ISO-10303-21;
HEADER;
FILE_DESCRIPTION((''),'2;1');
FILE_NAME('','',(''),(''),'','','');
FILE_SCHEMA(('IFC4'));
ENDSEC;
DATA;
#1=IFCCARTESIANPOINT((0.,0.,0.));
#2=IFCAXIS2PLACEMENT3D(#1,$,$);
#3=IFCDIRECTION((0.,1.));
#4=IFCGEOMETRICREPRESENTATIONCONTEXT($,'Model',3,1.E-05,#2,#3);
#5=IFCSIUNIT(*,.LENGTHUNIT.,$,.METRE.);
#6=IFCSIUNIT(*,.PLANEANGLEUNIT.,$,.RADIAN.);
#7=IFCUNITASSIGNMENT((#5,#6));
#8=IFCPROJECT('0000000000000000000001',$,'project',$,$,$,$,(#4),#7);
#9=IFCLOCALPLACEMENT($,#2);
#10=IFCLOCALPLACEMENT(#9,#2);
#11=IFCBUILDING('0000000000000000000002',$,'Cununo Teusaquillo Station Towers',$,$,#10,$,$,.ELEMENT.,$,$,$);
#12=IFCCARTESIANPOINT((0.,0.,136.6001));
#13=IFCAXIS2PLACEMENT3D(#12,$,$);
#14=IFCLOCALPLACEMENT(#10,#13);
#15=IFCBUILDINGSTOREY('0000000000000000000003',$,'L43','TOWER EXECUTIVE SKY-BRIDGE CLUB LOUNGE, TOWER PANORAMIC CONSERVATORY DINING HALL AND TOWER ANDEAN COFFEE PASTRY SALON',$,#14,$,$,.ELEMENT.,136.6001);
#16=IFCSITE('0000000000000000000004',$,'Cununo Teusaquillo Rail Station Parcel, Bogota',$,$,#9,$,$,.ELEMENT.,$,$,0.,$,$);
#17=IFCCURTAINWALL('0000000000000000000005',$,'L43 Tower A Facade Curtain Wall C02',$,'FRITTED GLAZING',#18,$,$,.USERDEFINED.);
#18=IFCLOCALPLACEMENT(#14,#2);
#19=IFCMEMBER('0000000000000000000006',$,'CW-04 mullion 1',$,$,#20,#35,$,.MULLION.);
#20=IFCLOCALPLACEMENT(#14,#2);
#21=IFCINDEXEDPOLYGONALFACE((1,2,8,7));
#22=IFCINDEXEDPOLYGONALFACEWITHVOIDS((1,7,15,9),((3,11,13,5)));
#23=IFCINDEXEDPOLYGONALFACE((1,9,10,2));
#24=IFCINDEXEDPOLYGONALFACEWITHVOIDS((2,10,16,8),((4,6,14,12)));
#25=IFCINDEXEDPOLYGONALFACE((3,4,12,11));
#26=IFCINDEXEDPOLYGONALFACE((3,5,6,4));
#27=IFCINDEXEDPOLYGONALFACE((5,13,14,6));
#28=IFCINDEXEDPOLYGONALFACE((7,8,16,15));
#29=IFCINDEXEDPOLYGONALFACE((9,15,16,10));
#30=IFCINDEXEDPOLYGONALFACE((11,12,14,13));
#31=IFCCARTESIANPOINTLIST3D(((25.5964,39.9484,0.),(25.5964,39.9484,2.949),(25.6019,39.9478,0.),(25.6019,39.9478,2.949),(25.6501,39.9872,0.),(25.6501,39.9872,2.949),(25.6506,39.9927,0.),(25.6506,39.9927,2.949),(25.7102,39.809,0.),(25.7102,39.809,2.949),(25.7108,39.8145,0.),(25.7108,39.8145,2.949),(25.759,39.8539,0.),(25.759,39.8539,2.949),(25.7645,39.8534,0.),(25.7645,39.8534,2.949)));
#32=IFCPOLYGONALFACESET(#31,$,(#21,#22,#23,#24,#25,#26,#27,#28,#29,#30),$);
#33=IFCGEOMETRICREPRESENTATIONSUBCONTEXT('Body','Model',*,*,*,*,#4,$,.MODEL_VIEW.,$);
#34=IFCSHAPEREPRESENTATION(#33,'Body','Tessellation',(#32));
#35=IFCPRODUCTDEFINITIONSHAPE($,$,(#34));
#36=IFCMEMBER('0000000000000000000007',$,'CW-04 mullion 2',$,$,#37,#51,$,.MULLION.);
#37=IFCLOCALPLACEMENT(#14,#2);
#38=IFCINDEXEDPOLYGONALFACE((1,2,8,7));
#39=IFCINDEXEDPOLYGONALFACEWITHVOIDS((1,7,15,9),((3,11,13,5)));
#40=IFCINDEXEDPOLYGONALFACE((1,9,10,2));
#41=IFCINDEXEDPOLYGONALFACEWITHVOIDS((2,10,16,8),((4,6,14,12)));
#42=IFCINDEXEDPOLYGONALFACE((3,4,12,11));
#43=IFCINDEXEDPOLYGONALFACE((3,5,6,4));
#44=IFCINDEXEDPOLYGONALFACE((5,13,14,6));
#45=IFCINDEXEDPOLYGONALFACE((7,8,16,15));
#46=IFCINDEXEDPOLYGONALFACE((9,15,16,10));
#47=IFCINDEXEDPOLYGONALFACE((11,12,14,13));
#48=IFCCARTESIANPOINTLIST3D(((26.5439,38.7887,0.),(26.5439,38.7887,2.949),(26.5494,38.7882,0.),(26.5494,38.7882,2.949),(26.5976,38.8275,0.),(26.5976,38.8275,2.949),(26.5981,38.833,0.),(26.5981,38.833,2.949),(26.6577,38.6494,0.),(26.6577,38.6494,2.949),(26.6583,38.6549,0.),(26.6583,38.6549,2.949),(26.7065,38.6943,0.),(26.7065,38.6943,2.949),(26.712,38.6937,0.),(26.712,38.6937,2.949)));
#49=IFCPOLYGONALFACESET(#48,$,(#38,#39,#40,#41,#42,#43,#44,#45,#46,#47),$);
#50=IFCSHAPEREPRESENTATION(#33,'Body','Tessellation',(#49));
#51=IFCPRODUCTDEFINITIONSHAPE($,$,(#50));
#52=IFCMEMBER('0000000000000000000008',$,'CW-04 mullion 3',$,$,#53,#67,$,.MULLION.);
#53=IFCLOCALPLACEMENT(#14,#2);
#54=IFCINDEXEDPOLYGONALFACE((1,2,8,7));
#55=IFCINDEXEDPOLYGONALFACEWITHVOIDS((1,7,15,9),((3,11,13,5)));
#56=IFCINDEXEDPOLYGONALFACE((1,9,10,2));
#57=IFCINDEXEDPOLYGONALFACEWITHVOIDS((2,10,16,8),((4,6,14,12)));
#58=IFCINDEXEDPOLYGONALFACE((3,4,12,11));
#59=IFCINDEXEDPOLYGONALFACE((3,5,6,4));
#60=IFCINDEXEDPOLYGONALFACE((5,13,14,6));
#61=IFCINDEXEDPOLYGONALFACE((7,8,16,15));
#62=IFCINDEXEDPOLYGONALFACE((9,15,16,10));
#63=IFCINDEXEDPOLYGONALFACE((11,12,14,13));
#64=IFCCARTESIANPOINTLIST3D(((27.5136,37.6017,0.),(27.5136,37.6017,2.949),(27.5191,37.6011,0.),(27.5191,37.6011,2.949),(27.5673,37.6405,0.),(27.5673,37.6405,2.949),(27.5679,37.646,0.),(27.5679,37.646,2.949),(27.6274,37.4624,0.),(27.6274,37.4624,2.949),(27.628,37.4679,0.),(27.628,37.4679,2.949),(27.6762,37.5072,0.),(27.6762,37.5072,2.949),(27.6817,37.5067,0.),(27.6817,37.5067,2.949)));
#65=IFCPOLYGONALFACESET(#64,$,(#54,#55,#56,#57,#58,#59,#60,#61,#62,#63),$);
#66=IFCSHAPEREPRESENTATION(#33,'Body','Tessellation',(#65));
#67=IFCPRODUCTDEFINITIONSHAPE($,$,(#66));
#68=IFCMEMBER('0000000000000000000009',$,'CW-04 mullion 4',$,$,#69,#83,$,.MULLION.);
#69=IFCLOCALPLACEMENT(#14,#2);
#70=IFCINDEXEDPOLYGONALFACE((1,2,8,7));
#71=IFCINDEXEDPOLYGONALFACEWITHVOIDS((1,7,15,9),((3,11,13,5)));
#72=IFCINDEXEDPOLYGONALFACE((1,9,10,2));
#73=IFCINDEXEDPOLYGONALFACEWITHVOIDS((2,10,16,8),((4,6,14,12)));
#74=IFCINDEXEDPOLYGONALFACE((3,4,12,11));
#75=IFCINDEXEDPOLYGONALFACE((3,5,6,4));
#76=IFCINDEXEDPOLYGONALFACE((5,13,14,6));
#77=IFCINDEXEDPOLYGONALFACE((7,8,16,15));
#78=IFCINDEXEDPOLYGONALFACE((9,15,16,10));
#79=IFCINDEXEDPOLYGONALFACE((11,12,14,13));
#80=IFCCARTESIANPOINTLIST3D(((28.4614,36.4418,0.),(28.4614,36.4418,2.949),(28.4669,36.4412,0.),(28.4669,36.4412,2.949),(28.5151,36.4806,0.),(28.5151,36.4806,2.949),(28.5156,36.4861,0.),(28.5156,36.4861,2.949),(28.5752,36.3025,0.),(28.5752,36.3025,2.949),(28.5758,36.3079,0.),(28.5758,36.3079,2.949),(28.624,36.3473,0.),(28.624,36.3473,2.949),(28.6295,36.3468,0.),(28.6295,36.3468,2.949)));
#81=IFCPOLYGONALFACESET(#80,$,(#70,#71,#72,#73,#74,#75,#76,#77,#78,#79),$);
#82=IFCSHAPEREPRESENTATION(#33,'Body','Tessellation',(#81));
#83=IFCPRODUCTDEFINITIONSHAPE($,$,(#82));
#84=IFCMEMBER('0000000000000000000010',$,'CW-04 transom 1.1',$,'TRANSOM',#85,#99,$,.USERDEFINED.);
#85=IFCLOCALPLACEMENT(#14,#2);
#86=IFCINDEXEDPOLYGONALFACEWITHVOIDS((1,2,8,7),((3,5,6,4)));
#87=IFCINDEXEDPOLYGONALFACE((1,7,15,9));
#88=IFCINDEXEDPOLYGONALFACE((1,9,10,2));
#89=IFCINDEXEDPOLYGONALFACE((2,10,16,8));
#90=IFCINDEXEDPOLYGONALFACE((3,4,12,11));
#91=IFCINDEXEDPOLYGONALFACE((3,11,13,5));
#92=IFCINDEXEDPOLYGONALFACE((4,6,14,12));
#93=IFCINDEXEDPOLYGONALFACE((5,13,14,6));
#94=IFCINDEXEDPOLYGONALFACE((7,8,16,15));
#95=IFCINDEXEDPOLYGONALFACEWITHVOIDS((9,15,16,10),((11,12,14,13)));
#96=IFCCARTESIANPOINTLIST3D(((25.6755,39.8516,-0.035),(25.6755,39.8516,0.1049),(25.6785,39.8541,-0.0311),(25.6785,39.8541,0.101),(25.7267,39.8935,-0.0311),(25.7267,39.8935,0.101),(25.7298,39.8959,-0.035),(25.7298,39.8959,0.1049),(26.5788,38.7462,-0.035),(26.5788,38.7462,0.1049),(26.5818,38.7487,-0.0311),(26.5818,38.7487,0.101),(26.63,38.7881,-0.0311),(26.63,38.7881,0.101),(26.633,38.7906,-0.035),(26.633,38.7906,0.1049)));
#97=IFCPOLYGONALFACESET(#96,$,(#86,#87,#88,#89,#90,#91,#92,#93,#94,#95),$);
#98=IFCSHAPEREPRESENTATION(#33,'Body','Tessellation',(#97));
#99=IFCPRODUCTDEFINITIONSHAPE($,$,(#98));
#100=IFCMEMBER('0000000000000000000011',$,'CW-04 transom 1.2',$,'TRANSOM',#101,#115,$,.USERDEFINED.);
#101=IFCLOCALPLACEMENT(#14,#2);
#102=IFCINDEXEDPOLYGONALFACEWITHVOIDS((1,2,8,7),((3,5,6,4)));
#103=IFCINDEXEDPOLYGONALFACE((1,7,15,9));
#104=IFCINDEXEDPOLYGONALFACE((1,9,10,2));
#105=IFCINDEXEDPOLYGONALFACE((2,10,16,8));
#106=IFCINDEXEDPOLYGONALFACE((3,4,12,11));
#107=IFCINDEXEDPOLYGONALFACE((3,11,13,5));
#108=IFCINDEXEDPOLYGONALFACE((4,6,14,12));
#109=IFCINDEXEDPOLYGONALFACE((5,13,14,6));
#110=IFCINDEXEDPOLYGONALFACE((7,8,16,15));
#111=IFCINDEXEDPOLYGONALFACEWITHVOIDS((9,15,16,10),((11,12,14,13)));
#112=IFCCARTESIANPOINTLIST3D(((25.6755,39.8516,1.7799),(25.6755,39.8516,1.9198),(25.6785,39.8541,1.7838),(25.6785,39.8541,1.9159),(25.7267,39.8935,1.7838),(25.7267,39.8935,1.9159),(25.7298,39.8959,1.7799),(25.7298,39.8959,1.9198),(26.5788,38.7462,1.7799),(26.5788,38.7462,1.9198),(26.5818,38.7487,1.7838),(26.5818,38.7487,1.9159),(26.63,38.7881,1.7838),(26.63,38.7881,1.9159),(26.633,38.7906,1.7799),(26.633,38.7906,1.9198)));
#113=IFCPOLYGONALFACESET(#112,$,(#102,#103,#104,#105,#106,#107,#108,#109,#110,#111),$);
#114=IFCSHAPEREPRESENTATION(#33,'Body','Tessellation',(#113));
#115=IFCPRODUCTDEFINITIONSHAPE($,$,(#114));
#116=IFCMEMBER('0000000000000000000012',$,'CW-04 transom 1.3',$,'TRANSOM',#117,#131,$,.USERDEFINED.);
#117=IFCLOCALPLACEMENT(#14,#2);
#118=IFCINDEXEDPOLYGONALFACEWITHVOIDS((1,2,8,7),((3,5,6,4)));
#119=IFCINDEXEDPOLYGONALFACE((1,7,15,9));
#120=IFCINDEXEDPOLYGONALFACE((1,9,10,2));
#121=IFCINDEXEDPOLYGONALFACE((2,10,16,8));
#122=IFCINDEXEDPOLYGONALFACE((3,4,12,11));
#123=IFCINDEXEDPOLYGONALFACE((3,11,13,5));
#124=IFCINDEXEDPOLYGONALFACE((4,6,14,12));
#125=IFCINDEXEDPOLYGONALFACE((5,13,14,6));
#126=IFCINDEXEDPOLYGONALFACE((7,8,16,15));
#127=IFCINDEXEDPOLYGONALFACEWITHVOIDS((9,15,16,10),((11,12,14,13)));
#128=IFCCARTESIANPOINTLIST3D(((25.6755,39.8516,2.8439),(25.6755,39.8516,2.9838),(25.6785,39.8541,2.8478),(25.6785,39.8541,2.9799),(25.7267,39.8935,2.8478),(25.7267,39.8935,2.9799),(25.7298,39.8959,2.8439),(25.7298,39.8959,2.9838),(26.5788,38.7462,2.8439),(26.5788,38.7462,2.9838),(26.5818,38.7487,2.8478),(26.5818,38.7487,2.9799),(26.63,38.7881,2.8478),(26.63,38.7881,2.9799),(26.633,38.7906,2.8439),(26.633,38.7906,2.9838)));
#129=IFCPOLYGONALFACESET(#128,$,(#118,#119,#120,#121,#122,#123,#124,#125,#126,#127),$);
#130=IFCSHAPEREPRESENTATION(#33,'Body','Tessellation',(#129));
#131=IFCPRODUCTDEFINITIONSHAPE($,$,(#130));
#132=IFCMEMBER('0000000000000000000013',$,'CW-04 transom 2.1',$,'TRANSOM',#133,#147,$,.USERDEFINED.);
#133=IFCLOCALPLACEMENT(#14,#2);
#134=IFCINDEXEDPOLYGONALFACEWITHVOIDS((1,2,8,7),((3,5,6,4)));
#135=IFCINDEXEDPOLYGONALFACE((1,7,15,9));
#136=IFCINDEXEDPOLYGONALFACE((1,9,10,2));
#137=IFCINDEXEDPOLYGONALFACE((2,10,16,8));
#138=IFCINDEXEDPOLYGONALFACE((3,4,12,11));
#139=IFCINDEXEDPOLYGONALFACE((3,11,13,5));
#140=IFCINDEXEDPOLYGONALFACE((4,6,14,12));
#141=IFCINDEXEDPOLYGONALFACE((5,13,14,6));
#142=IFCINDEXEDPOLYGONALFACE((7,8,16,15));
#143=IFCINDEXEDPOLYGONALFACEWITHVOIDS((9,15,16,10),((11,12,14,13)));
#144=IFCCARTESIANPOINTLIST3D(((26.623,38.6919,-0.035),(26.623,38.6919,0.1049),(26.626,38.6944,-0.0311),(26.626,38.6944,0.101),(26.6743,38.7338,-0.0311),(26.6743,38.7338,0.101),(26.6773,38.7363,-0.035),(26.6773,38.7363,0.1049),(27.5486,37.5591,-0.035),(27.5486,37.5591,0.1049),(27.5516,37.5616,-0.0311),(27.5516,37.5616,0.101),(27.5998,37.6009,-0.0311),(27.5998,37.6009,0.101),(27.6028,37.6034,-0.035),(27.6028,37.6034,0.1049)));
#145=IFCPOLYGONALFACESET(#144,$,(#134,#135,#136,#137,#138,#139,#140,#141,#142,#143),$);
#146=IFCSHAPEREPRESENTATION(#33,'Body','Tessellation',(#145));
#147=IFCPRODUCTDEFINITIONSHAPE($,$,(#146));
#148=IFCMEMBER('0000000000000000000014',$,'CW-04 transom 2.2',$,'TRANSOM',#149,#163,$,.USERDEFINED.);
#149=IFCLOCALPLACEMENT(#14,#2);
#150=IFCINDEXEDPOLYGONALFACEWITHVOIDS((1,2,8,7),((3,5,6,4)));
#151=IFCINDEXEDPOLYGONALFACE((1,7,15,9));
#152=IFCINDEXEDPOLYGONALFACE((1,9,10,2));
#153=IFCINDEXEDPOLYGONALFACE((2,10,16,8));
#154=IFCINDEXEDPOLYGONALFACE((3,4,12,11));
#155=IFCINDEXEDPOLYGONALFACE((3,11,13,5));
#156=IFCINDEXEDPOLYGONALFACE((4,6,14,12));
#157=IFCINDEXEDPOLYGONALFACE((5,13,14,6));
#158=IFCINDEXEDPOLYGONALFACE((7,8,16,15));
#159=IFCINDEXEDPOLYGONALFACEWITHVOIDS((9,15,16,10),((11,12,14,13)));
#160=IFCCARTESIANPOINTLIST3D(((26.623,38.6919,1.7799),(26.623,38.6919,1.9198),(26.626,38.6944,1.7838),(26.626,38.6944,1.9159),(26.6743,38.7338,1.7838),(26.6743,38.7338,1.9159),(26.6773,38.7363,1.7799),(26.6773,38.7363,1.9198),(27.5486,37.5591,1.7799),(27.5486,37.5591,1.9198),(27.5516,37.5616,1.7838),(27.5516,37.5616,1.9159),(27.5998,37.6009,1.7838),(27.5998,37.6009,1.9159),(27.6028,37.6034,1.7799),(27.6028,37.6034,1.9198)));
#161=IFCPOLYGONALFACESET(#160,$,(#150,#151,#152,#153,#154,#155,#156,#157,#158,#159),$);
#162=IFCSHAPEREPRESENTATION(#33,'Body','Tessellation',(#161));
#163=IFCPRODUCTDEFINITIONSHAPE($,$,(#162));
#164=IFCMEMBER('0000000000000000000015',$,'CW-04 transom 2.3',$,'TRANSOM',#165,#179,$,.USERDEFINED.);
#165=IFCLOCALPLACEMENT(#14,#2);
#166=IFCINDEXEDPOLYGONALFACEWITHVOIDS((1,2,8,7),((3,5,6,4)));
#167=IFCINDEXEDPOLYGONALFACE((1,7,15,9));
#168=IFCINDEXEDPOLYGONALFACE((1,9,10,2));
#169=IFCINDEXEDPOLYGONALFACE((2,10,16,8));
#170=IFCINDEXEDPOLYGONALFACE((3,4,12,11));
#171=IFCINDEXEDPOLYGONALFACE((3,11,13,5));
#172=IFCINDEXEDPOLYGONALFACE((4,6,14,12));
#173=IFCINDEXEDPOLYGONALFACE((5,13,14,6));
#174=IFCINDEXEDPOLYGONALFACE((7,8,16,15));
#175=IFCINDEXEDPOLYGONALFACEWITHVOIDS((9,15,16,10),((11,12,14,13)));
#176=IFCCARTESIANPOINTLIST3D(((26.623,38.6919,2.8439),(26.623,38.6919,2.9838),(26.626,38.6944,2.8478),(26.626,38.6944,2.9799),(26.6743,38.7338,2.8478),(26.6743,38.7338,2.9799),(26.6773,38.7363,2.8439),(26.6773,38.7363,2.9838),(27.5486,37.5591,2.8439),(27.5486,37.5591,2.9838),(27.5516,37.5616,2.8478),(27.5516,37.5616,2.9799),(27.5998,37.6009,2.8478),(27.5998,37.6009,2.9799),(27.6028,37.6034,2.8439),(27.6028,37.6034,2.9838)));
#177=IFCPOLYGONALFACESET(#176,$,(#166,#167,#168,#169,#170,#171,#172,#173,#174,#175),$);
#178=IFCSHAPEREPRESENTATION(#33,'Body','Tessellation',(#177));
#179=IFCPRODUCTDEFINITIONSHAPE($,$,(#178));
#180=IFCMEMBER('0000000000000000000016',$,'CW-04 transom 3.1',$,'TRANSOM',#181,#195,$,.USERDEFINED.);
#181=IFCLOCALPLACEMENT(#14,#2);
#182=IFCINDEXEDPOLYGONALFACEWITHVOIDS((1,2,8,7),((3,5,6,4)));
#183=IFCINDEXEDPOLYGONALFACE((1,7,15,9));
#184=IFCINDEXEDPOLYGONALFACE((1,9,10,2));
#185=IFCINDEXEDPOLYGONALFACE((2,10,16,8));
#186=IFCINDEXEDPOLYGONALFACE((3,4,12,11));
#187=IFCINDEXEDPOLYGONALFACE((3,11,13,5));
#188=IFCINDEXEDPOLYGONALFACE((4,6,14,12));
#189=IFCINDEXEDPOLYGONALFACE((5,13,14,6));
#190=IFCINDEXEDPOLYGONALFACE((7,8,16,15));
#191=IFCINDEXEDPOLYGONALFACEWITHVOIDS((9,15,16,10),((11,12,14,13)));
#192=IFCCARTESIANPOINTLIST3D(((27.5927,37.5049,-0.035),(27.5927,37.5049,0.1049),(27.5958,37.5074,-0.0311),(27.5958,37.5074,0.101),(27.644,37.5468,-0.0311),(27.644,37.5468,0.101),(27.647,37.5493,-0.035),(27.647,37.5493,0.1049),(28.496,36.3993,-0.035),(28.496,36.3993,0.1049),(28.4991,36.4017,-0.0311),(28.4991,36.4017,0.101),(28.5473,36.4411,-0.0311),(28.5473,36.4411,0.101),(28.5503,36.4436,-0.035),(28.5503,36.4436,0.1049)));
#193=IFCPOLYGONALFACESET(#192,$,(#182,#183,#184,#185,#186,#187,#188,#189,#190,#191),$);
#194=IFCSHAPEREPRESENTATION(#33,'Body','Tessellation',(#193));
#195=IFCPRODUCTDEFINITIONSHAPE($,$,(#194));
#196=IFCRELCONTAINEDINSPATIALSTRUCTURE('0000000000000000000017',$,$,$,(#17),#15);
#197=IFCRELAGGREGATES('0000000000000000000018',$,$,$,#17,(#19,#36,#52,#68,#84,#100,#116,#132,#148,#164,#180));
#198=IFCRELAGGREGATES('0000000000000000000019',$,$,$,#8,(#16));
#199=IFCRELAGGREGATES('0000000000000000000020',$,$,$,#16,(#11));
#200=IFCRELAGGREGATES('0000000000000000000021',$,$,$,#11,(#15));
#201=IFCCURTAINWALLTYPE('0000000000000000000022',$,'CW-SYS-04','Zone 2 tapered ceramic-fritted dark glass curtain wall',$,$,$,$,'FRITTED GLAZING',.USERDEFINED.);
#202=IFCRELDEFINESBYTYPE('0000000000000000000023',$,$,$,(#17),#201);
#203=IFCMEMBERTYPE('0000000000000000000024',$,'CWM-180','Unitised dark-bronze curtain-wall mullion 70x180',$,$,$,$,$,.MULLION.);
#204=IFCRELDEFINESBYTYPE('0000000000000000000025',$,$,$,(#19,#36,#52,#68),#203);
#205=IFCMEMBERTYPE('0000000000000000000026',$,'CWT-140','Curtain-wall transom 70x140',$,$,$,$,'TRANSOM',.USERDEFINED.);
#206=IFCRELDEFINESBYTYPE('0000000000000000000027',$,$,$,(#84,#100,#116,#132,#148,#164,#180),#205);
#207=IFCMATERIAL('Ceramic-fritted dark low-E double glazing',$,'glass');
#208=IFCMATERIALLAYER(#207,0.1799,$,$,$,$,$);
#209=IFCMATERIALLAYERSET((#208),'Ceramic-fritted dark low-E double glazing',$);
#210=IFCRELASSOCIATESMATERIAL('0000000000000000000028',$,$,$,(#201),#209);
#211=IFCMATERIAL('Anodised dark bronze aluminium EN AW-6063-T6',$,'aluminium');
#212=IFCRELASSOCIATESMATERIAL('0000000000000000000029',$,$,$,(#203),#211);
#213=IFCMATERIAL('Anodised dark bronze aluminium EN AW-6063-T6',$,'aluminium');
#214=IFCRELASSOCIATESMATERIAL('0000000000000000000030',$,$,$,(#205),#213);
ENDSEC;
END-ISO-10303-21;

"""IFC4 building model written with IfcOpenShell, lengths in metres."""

from ifc_helpers import new_model, si_unit, direction, frame, origin, origin_2d, place, context, subcontext, project, spatial, hollow_rectangle, extrude, material, layer, layer_set, material_profile, profile_set, type_object, element, aggregate, save


model = new_model("IFC4")

# Units and contexts
model_context = context("Model", 3, precision=1e-05, world=origin(), true_north=direction((0.0, 1.0)))
body_context = subcontext(model_context, "Body", "Model", "MODEL_VIEW")
ifc_project = project(units=[si_unit("LENGTHUNIT", "METRE"), si_unit("PLANEANGLEUNIT", "RADIAN")], contexts=[model_context])

# Site, building, storey
site_placement = place(None, origin())
site = spatial("IfcSite", under=ifc_project, at=site_placement, Name="Cununo Teusaquillo Rail Station Parcel, Bogota", CompositionType="ELEMENT", RefElevation=0.0)
building_placement = place(site_placement, origin())
building = spatial("IfcBuilding", under=site, at=building_placement, Name="Cununo Teusaquillo Station Towers", CompositionType="ELEMENT")
storey_placement = place(building_placement, frame((0.0, 0.0, 136.6001)))
storey = spatial("IfcBuildingStorey", under=building, at=storey_placement, Name="L43", Description="TOWER EXECUTIVE SKY-BRIDGE CLUB LOUNGE, TOWER PANORAMIC CONSERVATORY DINING HALL AND TOWER ANDEAN COFFEE PASTRY SALON", CompositionType="ELEMENT", Elevation=136.6001)

# Curtain wall, members
ifc_material_1 = material(Name="Ceramic-fritted dark low-E double glazing", Category="glass")
ifc_layer_1 = layer(ifc_material_1, 0.1799)
ifc_layer_set_1 = layer_set([ifc_layer_1], Name="Ceramic-fritted dark low-E double glazing")
curtain_wall_type = type_object("IfcCurtainWallType", Name="CW-SYS-04", Description="Zone 2 tapered ceramic-fritted dark glass curtain wall", ElementType="FRITTED GLAZING", PredefinedType="USERDEFINED", material=ifc_layer_set_1)
curtain_wall_placement = place(storey_placement, origin())
curtain_wall = element("IfcCurtainWall", 1, at=curtain_wall_placement, inside=storey, type_object=curtain_wall_type, Name="L43 Tower A Facade Curtain Wall C02", ObjectType="FRITTED GLAZING", PredefinedType="USERDEFINED")
ifc_material_2 = material(Name="Anodised dark bronze aluminium EN AW-6063-T6", Category="aluminium")
ifc_material_profile_1 = material_profile(ifc_material_2, hollow_rectangle(XDim=0.0701, YDim=0.1799, WallThickness=0.0039, at=origin_2d()), Name="CW-MULL-70x180")
ifc_profile_set_1 = profile_set([ifc_material_profile_1], Name="Anodised dark bronze aluminium EN AW-6063-T6")
member_type_1 = type_object("IfcMemberType", Name="CWM-180", Description="Unitised dark-bronze curtain-wall mullion 70x180", PredefinedType="MULLION", material=ifc_profile_set_1)
member_1_placement = place(storey_placement, frame((25.6804, 39.9009, 0.0), z_axis=(0.0, 0.0, 1.0), x_axis=(0.774394, 0.632704, 0.0)))
member_1 = element("IfcMember", 2, at=member_1_placement, type_object=member_type_1, Name="CW-04 mullion 1", PredefinedType="MULLION", context=body_context, shape_type="SweptSolid", body=[
    extrude(hollow_rectangle(XDim=0.0701, YDim=0.1799, WallThickness=0.0039, at=origin_2d()), origin(), (0.0, 0.0, 1.0), 2.949),
])
member_2_placement = place(storey_placement, frame((26.6279, 38.7412, 0.0), z_axis=(0.0, 0.0, 1.0), x_axis=(0.774394, 0.632704, 0.0)))
member_2 = element("IfcMember", 3, at=member_2_placement, type_object=member_type_1, Name="CW-04 mullion 2", PredefinedType="MULLION", context=body_context, shape_type="SweptSolid", body=[
    extrude(hollow_rectangle(XDim=0.0701, YDim=0.1799, WallThickness=0.0039, at=origin_2d()), origin(), (0.0, 0.0, 1.0), 2.949),
])
member_3_placement = place(storey_placement, frame((27.5977, 37.5542, 0.0), z_axis=(0.0, 0.0, 1.0), x_axis=(0.774394, 0.632704, 0.0)))
member_3 = element("IfcMember", 4, at=member_3_placement, type_object=member_type_1, Name="CW-04 mullion 3", PredefinedType="MULLION", context=body_context, shape_type="SweptSolid", body=[
    extrude(hollow_rectangle(XDim=0.0701, YDim=0.1799, WallThickness=0.0039, at=origin_2d()), origin(), (0.0, 0.0, 1.0), 2.949),
])
member_4_placement = place(storey_placement, frame((28.5454, 36.3943, 0.0), z_axis=(0.0, 0.0, 1.0), x_axis=(0.774394, 0.632704, 0.0)))
member_4 = element("IfcMember", 5, at=member_4_placement, type_object=member_type_1, Name="CW-04 mullion 4", PredefinedType="MULLION", context=body_context, shape_type="SweptSolid", body=[
    extrude(hollow_rectangle(XDim=0.0701, YDim=0.1799, WallThickness=0.0039, at=origin_2d()), origin(), (0.0, 0.0, 1.0), 2.949),
])
ifc_material_3 = material(Name="Anodised dark bronze aluminium EN AW-6063-T6", Category="aluminium")
ifc_material_profile_2 = material_profile(ifc_material_3, hollow_rectangle(XDim=0.0701, YDim=0.1399, WallThickness=0.0039, at=origin_2d()), Name="CW-TRAN-70x140")
ifc_profile_set_2 = profile_set([ifc_material_profile_2], Name="Anodised dark bronze aluminium EN AW-6063-T6")
member_type_2 = type_object("IfcMemberType", Name="CWT-140", Description="Curtain-wall transom 70x140", ElementType="TRANSOM", PredefinedType="USERDEFINED", material=ifc_profile_set_2)
member_5_placement = place(storey_placement, frame((25.7026, 39.8738, 0.0349), z_axis=(0.632753, -0.774353, 0.0), x_axis=(0.774353, 0.632753, 0.0)))
member_5 = element("IfcMember", 6, at=member_5_placement, type_object=member_type_2, Name="CW-04 transom 1.1", ObjectType="TRANSOM", PredefinedType="USERDEFINED", context=body_context, shape_type="SweptSolid", body=[
    extrude(hollow_rectangle(XDim=0.0701, YDim=0.1399, WallThickness=0.0039, at=origin_2d()), origin(), (0.0, 0.0, 1.0), 1.4275),
])
member_6_placement = place(storey_placement, frame((25.7026, 39.8738, 1.8499), z_axis=(0.632753, -0.774353, 0.0), x_axis=(0.774353, 0.632753, 0.0)))
member_6 = element("IfcMember", 7, at=member_6_placement, type_object=member_type_2, Name="CW-04 transom 1.2", ObjectType="TRANSOM", PredefinedType="USERDEFINED", context=body_context, shape_type="SweptSolid", body=[
    extrude(hollow_rectangle(XDim=0.0701, YDim=0.1399, WallThickness=0.0039, at=origin_2d()), origin(), (0.0, 0.0, 1.0), 1.4275),
])
member_7_placement = place(storey_placement, frame((25.7026, 39.8738, 2.9138), z_axis=(0.632753, -0.774353, 0.0), x_axis=(0.774353, 0.632753, 0.0)))
member_7 = element("IfcMember", 8, at=member_7_placement, type_object=member_type_2, Name="CW-04 transom 1.3", ObjectType="TRANSOM", PredefinedType="USERDEFINED", context=body_context, shape_type="SweptSolid", body=[
    extrude(hollow_rectangle(XDim=0.0701, YDim=0.1399, WallThickness=0.0039, at=origin_2d()), origin(), (0.0, 0.0, 1.0), 1.4275),
])
member_8_placement = place(storey_placement, frame((26.6501, 38.7141, 0.0349), z_axis=(0.632701, -0.774396, 0.0), x_axis=(0.774396, 0.632701, 0.0)))
member_8 = element("IfcMember", 9, at=member_8_placement, type_object=member_type_2, Name="CW-04 transom 2.1", ObjectType="TRANSOM", PredefinedType="USERDEFINED", context=body_context, shape_type="SweptSolid", body=[
    extrude(hollow_rectangle(XDim=0.0701, YDim=0.1399, WallThickness=0.0039, at=origin_2d()), origin(), (0.0, 0.0, 1.0), 1.4629),
])
member_9_placement = place(storey_placement, frame((26.6501, 38.7141, 1.8499), z_axis=(0.632701, -0.774396, 0.0), x_axis=(0.774396, 0.632701, 0.0)))
member_9 = element("IfcMember", 10, at=member_9_placement, type_object=member_type_2, Name="CW-04 transom 2.2", ObjectType="TRANSOM", PredefinedType="USERDEFINED", context=body_context, shape_type="SweptSolid", body=[
    extrude(hollow_rectangle(XDim=0.0701, YDim=0.1399, WallThickness=0.0039, at=origin_2d()), origin(), (0.0, 0.0, 1.0), 1.4629),
])
member_10_placement = place(storey_placement, frame((26.6501, 38.7141, 2.9138), z_axis=(0.632701, -0.774396, 0.0), x_axis=(0.774396, 0.632701, 0.0)))
member_10 = element("IfcMember", 11, at=member_10_placement, type_object=member_type_2, Name="CW-04 transom 2.3", ObjectType="TRANSOM", PredefinedType="USERDEFINED", context=body_context, shape_type="SweptSolid", body=[
    extrude(hollow_rectangle(XDim=0.0701, YDim=0.1399, WallThickness=0.0039, at=origin_2d()), origin(), (0.0, 0.0, 1.0), 1.4629),
])
member_11_placement = place(storey_placement, frame((27.6199, 37.5271, 0.0349), z_axis=(0.63267, -0.774422, 0.0), x_axis=(0.774422, 0.63267, 0.0)))
member_11 = element("IfcMember", 12, at=member_11_placement, type_object=member_type_2, Name="CW-04 transom 3.1", ObjectType="TRANSOM", PredefinedType="USERDEFINED", context=body_context, shape_type="SweptSolid", body=[
    extrude(hollow_rectangle(XDim=0.0701, YDim=0.1399, WallThickness=0.0039, at=origin_2d()), origin(), (0.0, 0.0, 1.0), 1.4277),
])

aggregate(curtain_wall, [member_1, member_2, member_3, member_4, member_5, member_6, member_7, member_8, member_9, member_10, member_11])

save(model, "model.ifc")
